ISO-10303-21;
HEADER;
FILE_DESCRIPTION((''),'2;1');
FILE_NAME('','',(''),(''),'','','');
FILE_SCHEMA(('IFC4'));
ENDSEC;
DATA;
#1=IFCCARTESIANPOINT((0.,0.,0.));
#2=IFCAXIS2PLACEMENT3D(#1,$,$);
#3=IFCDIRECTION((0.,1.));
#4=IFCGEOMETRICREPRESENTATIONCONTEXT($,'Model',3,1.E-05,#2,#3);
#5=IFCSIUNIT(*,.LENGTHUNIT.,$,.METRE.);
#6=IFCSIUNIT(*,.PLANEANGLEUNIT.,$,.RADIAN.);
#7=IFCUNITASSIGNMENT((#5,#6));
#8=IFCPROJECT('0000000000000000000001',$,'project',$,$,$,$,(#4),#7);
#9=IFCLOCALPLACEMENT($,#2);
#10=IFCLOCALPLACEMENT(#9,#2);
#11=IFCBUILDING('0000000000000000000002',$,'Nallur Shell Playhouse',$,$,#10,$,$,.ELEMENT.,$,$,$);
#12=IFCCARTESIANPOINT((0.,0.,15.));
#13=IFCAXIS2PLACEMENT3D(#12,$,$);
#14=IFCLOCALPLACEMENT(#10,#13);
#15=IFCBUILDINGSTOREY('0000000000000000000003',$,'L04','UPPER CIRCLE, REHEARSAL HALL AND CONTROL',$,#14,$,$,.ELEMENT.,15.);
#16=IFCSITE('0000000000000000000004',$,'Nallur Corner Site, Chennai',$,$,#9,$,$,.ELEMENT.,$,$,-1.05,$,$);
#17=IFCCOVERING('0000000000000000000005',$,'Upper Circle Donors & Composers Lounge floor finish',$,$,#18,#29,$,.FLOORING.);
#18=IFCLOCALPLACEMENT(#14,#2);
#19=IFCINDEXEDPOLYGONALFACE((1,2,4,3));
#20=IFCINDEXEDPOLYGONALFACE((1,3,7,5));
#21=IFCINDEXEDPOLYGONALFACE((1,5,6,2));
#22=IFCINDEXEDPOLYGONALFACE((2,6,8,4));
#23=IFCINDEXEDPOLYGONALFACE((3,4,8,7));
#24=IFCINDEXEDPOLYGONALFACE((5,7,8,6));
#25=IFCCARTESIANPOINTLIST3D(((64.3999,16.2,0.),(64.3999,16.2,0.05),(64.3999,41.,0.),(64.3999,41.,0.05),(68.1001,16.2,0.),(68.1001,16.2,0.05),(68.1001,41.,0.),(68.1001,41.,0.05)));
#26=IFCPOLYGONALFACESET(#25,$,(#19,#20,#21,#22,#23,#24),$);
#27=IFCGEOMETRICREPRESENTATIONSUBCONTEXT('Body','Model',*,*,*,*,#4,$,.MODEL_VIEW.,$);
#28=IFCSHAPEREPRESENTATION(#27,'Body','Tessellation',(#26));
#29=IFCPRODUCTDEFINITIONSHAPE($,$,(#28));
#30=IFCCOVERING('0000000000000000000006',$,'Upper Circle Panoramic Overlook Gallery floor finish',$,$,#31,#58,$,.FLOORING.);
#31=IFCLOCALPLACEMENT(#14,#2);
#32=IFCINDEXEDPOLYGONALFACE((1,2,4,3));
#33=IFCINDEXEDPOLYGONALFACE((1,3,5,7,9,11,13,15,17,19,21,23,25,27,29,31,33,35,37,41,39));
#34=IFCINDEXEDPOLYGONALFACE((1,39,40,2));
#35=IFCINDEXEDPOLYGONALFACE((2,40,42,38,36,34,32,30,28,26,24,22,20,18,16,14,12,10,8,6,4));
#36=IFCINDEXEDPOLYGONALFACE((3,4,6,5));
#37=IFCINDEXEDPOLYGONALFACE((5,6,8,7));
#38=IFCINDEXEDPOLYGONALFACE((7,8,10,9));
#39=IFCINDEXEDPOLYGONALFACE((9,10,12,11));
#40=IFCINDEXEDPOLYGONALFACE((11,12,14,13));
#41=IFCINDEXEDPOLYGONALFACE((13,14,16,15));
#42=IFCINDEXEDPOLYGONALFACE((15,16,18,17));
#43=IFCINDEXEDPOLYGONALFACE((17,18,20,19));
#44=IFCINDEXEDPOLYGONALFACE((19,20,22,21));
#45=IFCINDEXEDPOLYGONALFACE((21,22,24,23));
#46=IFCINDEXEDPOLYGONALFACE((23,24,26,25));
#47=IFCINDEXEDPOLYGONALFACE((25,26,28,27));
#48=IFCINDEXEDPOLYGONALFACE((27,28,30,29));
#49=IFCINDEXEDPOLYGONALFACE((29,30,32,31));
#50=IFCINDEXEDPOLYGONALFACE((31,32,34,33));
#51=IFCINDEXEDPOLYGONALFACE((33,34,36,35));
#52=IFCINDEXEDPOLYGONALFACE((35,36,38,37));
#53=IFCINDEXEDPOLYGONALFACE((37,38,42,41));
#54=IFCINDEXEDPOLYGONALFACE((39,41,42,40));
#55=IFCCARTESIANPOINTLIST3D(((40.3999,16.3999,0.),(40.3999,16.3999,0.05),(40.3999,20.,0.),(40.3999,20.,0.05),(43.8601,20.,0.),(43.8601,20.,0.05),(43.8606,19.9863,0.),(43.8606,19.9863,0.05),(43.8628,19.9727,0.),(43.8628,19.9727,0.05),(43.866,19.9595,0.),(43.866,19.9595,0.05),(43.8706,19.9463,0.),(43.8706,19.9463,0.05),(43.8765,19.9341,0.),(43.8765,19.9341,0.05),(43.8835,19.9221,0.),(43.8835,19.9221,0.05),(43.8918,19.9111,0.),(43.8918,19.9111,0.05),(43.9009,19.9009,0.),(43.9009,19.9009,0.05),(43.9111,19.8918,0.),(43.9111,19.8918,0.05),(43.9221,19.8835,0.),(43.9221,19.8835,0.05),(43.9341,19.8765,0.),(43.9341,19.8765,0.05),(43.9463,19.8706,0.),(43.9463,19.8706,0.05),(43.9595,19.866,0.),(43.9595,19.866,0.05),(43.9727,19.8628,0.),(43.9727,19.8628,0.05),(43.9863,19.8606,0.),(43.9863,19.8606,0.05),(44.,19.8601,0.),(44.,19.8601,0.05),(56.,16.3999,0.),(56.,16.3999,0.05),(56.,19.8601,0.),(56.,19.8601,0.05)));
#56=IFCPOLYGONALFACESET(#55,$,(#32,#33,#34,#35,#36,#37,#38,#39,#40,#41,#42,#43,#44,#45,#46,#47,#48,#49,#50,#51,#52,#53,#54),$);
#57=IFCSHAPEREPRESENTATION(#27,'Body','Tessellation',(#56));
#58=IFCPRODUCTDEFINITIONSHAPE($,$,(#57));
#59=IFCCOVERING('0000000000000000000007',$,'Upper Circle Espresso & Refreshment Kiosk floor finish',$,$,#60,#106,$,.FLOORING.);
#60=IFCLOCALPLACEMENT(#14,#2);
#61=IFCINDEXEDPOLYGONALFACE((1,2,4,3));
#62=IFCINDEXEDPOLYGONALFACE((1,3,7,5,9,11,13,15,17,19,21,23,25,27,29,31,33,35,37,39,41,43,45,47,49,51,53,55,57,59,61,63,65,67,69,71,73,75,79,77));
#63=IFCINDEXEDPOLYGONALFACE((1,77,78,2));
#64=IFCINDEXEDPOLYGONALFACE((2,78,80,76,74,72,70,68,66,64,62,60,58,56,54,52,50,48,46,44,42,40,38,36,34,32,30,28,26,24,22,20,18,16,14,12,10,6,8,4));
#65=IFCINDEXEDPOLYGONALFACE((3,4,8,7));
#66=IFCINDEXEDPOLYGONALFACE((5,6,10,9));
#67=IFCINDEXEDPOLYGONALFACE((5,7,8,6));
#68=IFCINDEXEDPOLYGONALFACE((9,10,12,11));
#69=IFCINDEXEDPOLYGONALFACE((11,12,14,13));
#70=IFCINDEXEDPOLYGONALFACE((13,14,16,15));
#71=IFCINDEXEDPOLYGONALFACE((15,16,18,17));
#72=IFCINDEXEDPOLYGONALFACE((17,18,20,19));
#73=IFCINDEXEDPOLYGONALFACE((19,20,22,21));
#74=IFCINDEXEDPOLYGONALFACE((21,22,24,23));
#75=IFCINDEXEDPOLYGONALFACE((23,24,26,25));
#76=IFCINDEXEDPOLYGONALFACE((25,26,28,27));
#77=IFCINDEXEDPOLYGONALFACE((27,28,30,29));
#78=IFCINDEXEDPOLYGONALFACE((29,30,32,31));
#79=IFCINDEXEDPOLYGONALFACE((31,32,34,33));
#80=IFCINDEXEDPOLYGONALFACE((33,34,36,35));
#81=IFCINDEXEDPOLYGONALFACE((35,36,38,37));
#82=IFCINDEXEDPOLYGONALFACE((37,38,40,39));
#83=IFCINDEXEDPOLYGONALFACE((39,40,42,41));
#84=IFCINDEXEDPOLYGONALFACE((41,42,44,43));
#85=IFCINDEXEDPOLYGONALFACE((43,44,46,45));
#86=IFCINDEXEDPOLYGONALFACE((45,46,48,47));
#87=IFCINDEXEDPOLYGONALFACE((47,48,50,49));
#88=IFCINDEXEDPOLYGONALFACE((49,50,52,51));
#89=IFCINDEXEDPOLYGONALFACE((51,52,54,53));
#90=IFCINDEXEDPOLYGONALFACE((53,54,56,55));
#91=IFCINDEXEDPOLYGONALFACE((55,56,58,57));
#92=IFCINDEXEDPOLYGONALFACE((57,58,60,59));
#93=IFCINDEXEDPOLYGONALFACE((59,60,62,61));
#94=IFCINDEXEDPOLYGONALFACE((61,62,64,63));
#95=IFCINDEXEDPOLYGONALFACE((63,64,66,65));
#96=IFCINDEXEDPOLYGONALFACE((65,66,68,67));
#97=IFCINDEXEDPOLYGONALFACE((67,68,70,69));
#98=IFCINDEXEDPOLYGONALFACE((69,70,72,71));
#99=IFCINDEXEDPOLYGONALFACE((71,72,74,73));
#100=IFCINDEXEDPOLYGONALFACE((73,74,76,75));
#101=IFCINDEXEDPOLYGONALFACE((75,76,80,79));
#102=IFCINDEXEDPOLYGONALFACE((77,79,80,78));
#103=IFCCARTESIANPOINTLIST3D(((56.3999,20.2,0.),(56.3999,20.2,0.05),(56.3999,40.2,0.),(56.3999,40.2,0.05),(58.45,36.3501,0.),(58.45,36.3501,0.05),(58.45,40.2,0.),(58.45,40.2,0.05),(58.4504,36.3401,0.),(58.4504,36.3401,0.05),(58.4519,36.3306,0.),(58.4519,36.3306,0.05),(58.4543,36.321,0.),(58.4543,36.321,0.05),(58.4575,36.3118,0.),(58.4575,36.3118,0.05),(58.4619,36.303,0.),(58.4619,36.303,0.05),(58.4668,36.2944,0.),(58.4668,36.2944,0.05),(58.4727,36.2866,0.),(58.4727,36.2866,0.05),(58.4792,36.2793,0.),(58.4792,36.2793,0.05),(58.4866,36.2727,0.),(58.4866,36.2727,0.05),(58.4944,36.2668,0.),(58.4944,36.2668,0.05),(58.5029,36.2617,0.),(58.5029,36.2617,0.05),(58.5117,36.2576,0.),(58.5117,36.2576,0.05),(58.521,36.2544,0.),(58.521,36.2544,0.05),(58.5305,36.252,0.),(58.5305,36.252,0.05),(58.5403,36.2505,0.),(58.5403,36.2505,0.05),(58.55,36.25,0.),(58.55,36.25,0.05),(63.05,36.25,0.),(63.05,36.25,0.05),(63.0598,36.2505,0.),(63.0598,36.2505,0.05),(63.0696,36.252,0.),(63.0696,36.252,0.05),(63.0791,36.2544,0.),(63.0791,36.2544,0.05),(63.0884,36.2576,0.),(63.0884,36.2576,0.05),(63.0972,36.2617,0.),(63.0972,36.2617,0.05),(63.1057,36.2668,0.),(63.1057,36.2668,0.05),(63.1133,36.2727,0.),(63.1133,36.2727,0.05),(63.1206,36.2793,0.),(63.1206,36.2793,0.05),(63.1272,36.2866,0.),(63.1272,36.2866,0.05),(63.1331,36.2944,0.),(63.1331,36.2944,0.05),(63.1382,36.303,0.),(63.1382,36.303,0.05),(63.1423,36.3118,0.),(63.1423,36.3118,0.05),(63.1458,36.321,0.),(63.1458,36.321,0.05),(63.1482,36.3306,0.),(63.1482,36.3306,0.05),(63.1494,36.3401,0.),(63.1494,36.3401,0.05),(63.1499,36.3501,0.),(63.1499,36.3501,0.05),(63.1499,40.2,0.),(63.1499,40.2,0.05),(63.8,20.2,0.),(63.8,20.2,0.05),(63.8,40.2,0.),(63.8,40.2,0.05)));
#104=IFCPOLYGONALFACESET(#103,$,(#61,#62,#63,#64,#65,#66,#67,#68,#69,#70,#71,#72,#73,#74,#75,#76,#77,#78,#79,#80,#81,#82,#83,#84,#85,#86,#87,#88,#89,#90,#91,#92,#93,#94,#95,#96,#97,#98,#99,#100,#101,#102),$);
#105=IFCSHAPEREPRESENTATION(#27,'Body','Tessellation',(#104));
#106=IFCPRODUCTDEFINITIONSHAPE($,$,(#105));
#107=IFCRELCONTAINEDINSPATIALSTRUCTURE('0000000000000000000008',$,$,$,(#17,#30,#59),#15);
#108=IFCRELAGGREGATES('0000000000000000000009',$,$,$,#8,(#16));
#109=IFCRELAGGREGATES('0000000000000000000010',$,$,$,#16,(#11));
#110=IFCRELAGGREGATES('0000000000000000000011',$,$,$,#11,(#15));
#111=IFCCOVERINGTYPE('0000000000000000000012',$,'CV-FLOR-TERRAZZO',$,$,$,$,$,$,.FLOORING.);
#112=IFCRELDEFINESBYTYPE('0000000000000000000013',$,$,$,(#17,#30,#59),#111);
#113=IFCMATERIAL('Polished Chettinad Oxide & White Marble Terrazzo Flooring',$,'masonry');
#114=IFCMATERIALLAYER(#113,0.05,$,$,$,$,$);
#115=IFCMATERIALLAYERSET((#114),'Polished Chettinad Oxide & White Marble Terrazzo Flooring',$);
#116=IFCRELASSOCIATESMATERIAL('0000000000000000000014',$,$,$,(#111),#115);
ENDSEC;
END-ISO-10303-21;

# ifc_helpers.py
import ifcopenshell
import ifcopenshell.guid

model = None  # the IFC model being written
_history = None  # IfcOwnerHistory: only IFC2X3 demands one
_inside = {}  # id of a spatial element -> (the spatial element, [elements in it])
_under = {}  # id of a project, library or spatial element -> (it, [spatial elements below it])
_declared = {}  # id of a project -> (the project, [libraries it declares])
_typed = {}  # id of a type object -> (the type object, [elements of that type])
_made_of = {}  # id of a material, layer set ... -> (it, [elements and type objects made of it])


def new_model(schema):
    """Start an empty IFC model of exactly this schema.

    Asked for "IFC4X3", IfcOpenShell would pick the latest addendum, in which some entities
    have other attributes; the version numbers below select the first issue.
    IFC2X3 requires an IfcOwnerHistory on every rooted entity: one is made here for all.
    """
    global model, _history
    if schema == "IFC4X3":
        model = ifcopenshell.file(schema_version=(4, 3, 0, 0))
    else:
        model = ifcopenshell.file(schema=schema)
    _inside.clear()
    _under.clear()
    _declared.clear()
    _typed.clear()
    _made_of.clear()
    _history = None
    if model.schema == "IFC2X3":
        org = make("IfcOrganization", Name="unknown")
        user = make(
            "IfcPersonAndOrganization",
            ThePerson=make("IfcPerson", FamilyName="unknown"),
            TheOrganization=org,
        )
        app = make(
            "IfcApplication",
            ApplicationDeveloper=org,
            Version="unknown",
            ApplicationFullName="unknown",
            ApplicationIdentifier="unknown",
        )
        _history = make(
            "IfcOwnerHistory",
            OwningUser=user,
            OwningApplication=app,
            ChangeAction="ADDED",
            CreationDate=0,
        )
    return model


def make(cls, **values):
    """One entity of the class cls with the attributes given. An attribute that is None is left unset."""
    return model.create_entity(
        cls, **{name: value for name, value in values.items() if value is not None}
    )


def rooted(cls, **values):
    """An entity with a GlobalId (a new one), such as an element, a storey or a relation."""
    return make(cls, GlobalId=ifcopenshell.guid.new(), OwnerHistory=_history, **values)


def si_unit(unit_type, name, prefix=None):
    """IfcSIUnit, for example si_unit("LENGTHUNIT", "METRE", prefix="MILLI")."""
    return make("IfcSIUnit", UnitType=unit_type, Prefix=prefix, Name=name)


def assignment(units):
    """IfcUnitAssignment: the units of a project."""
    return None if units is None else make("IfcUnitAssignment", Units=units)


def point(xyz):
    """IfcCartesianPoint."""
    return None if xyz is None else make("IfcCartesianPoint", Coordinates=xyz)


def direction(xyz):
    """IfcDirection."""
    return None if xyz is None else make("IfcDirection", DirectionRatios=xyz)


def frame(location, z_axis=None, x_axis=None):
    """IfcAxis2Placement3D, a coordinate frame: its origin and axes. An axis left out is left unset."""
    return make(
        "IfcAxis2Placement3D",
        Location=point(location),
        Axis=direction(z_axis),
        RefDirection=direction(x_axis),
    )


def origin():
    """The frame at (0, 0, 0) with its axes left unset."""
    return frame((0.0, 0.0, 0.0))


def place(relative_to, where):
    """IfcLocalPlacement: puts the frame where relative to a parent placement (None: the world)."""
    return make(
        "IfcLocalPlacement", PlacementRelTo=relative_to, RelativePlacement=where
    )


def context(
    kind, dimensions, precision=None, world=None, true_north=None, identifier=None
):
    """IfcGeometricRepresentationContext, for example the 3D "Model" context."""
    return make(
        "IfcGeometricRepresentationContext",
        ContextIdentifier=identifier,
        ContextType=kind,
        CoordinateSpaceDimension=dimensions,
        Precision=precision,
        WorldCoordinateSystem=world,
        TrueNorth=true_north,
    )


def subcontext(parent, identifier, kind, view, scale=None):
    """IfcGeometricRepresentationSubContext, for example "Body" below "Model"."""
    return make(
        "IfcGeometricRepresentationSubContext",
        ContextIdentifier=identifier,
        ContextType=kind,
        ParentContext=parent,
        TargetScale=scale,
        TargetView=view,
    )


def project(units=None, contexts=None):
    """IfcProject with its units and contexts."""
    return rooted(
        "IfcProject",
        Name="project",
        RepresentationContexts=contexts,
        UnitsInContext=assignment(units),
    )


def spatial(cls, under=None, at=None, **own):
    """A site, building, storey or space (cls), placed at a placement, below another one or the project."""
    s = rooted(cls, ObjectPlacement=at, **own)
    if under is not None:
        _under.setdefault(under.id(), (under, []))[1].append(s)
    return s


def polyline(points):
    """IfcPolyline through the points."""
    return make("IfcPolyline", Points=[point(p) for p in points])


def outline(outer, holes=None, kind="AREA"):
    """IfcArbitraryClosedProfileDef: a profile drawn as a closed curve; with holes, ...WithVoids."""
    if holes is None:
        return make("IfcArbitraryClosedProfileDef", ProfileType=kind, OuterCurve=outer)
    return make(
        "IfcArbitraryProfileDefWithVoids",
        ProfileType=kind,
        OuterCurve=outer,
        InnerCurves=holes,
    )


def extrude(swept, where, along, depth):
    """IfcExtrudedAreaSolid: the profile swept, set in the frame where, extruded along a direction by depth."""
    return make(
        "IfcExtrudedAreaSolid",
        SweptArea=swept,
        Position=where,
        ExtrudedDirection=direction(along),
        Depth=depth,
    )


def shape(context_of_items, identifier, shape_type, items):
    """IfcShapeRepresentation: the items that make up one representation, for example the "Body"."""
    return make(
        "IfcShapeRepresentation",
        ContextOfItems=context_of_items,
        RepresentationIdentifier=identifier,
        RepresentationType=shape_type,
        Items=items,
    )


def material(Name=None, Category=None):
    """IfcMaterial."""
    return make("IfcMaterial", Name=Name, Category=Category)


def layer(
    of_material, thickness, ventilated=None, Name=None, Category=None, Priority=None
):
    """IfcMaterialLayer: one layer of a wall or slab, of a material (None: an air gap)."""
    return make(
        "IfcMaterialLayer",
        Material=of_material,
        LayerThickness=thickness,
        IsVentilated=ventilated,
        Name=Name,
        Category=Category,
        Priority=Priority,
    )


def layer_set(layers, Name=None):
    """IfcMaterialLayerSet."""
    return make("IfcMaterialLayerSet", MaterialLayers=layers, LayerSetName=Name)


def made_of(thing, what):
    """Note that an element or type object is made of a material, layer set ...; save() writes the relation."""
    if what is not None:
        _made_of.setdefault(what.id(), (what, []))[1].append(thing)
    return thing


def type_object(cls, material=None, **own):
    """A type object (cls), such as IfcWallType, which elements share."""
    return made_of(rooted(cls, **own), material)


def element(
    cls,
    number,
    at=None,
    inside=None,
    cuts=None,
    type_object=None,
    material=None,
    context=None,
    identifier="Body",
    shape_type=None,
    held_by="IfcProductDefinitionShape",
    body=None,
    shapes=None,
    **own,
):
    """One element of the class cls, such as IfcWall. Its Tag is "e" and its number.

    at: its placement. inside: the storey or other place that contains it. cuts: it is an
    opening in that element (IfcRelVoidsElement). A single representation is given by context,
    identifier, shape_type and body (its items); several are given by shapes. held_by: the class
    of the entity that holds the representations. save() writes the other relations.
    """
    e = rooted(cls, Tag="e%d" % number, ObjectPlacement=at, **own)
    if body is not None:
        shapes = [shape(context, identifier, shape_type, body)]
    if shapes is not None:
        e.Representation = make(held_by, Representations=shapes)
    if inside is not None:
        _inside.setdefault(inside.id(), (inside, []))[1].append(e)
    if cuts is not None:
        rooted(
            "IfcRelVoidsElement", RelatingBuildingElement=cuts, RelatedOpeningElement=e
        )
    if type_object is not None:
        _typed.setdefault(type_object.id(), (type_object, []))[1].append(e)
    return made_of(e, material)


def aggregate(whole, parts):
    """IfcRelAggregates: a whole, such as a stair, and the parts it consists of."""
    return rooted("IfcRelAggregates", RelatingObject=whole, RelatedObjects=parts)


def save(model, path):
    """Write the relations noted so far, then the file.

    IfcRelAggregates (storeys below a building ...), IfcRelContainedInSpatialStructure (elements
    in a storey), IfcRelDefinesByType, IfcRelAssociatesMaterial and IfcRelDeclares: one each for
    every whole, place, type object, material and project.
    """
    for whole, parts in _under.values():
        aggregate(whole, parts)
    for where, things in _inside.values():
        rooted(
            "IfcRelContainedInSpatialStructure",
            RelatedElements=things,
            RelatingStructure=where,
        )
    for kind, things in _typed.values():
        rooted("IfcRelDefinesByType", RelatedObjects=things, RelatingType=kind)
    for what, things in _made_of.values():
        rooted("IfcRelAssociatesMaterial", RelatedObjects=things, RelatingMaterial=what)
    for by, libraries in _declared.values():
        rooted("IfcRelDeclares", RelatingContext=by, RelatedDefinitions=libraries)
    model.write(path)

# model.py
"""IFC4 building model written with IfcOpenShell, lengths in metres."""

from ifc_helpers import new_model, si_unit, direction, frame, origin, place, context, subcontext, project, spatial, polyline, outline, extrude, material, layer, layer_set, type_object, element, save


model = new_model("IFC4")

# Units and contexts
model_context = context("Model", 3, precision=1e-05, world=origin(), true_north=direction((0.0, 1.0)))
body_context = subcontext(model_context, "Body", "Model", "MODEL_VIEW")
ifc_project = project(units=[si_unit("LENGTHUNIT", "METRE"), si_unit("PLANEANGLEUNIT", "RADIAN")], contexts=[model_context])

# Site, building, storey
site_placement = place(None, origin())
site = spatial("IfcSite", under=ifc_project, at=site_placement, Name="Nallur Corner Site, Chennai", CompositionType="ELEMENT", RefElevation=-1.05)
building_placement = place(site_placement, origin())
building = spatial("IfcBuilding", under=site, at=building_placement, Name="Nallur Shell Playhouse", CompositionType="ELEMENT")
storey_placement = place(building_placement, frame((0.0, 0.0, 15.0)))
storey = spatial("IfcBuildingStorey", under=building, at=storey_placement, Name="L04", Description="UPPER CIRCLE, REHEARSAL HALL AND CONTROL", CompositionType="ELEMENT", Elevation=15.0)

# Coverings
ifc_material_1 = material(Name="Polished Chettinad Oxide & White Marble Terrazzo Flooring", Category="masonry")
ifc_layer_1 = layer(ifc_material_1, 0.05)
ifc_layer_set_1 = layer_set([ifc_layer_1], Name="Polished Chettinad Oxide & White Marble Terrazzo Flooring")
covering_type_1 = type_object("IfcCoveringType", Name="CV-FLOR-TERRAZZO", PredefinedType="FLOORING", material=ifc_layer_set_1)
covering_1_placement = place(storey_placement, origin())
element("IfcCovering", 1, at=covering_1_placement, inside=storey, type_object=covering_type_1, Name="Upper Circle Donors & Composers Lounge floor finish", PredefinedType="FLOORING", context=body_context, shape_type="SweptSolid", body=[
    extrude(outline(polyline([(68.1001, 41.0), (68.1001, 16.2), (64.3999, 16.2), (64.3999, 41.0), (68.1001, 41.0)])), origin(), (0.0, 0.0, 1.0), 0.05),
])
covering_2_placement = place(storey_placement, origin())
element("IfcCovering", 2, at=covering_2_placement, inside=storey, type_object=covering_type_1, Name="Upper Circle Panoramic Overlook Gallery floor finish", PredefinedType="FLOORING", context=body_context, shape_type="SweptSolid", body=[
    extrude(outline(polyline([(43.8835, 19.9221), (43.8918, 19.9111), (43.9009, 19.9009), (43.9111, 19.8918), (43.9221, 19.8835), (43.9341, 19.8765), (43.9463, 19.8706), (43.9595, 19.866), (43.9727, 19.8628), (43.9863, 19.8606), (44.0, 19.8601), (56.0, 19.8601), (56.0, 16.3999), (40.3999, 16.3999), (40.3999, 20.0), (43.8601, 20.0), (43.8606, 19.9863), (43.8628, 19.9727), (43.866, 19.9595), (43.8706, 19.9463), (43.8765, 19.9341), (43.8835, 19.9221)])), origin(), (0.0, 0.0, 1.0), 0.05),
])
covering_3_placement = place(storey_placement, origin())
element("IfcCovering", 3, at=covering_3_placement, inside=storey, type_object=covering_type_1, Name="Upper Circle Espresso & Refreshment Kiosk floor finish", PredefinedType="FLOORING", context=body_context, shape_type="SweptSolid", body=[
    extrude(outline(polyline([(58.4668, 36.2944), (58.4727, 36.2866), (58.4792, 36.2793), (58.4866, 36.2727), (58.4944, 36.2668), (58.5029, 36.2617), (58.5117, 36.2576), (58.521, 36.2544), (58.5305, 36.252), (58.5403, 36.2505), (58.55, 36.25), (63.05, 36.25), (63.0598, 36.2505), (63.0696, 36.252), (63.0791, 36.2544), (63.0884, 36.2576), (63.0972, 36.2617), (63.1057, 36.2668), (63.1133, 36.2727), (63.1206, 36.2793), (63.1272, 36.2866), (63.1331, 36.2944), (63.1382, 36.303), (63.1423, 36.3118), (63.1458, 36.321), (63.1482, 36.3306), (63.1494, 36.3401), (63.1499, 36.3501), (63.1499, 40.2), (63.8, 40.2), (63.8, 20.2), (56.3999, 20.2), (56.3999, 40.2), (58.45, 40.2), (58.45, 36.3501), (58.4504, 36.3401), (58.4519, 36.3306), (58.4543, 36.321), (58.4575, 36.3118), (58.4619, 36.303), (58.4668, 36.2944)])), origin(), (0.0, 0.0, 1.0), 0.05),
])

save(model, "model.ifc")
